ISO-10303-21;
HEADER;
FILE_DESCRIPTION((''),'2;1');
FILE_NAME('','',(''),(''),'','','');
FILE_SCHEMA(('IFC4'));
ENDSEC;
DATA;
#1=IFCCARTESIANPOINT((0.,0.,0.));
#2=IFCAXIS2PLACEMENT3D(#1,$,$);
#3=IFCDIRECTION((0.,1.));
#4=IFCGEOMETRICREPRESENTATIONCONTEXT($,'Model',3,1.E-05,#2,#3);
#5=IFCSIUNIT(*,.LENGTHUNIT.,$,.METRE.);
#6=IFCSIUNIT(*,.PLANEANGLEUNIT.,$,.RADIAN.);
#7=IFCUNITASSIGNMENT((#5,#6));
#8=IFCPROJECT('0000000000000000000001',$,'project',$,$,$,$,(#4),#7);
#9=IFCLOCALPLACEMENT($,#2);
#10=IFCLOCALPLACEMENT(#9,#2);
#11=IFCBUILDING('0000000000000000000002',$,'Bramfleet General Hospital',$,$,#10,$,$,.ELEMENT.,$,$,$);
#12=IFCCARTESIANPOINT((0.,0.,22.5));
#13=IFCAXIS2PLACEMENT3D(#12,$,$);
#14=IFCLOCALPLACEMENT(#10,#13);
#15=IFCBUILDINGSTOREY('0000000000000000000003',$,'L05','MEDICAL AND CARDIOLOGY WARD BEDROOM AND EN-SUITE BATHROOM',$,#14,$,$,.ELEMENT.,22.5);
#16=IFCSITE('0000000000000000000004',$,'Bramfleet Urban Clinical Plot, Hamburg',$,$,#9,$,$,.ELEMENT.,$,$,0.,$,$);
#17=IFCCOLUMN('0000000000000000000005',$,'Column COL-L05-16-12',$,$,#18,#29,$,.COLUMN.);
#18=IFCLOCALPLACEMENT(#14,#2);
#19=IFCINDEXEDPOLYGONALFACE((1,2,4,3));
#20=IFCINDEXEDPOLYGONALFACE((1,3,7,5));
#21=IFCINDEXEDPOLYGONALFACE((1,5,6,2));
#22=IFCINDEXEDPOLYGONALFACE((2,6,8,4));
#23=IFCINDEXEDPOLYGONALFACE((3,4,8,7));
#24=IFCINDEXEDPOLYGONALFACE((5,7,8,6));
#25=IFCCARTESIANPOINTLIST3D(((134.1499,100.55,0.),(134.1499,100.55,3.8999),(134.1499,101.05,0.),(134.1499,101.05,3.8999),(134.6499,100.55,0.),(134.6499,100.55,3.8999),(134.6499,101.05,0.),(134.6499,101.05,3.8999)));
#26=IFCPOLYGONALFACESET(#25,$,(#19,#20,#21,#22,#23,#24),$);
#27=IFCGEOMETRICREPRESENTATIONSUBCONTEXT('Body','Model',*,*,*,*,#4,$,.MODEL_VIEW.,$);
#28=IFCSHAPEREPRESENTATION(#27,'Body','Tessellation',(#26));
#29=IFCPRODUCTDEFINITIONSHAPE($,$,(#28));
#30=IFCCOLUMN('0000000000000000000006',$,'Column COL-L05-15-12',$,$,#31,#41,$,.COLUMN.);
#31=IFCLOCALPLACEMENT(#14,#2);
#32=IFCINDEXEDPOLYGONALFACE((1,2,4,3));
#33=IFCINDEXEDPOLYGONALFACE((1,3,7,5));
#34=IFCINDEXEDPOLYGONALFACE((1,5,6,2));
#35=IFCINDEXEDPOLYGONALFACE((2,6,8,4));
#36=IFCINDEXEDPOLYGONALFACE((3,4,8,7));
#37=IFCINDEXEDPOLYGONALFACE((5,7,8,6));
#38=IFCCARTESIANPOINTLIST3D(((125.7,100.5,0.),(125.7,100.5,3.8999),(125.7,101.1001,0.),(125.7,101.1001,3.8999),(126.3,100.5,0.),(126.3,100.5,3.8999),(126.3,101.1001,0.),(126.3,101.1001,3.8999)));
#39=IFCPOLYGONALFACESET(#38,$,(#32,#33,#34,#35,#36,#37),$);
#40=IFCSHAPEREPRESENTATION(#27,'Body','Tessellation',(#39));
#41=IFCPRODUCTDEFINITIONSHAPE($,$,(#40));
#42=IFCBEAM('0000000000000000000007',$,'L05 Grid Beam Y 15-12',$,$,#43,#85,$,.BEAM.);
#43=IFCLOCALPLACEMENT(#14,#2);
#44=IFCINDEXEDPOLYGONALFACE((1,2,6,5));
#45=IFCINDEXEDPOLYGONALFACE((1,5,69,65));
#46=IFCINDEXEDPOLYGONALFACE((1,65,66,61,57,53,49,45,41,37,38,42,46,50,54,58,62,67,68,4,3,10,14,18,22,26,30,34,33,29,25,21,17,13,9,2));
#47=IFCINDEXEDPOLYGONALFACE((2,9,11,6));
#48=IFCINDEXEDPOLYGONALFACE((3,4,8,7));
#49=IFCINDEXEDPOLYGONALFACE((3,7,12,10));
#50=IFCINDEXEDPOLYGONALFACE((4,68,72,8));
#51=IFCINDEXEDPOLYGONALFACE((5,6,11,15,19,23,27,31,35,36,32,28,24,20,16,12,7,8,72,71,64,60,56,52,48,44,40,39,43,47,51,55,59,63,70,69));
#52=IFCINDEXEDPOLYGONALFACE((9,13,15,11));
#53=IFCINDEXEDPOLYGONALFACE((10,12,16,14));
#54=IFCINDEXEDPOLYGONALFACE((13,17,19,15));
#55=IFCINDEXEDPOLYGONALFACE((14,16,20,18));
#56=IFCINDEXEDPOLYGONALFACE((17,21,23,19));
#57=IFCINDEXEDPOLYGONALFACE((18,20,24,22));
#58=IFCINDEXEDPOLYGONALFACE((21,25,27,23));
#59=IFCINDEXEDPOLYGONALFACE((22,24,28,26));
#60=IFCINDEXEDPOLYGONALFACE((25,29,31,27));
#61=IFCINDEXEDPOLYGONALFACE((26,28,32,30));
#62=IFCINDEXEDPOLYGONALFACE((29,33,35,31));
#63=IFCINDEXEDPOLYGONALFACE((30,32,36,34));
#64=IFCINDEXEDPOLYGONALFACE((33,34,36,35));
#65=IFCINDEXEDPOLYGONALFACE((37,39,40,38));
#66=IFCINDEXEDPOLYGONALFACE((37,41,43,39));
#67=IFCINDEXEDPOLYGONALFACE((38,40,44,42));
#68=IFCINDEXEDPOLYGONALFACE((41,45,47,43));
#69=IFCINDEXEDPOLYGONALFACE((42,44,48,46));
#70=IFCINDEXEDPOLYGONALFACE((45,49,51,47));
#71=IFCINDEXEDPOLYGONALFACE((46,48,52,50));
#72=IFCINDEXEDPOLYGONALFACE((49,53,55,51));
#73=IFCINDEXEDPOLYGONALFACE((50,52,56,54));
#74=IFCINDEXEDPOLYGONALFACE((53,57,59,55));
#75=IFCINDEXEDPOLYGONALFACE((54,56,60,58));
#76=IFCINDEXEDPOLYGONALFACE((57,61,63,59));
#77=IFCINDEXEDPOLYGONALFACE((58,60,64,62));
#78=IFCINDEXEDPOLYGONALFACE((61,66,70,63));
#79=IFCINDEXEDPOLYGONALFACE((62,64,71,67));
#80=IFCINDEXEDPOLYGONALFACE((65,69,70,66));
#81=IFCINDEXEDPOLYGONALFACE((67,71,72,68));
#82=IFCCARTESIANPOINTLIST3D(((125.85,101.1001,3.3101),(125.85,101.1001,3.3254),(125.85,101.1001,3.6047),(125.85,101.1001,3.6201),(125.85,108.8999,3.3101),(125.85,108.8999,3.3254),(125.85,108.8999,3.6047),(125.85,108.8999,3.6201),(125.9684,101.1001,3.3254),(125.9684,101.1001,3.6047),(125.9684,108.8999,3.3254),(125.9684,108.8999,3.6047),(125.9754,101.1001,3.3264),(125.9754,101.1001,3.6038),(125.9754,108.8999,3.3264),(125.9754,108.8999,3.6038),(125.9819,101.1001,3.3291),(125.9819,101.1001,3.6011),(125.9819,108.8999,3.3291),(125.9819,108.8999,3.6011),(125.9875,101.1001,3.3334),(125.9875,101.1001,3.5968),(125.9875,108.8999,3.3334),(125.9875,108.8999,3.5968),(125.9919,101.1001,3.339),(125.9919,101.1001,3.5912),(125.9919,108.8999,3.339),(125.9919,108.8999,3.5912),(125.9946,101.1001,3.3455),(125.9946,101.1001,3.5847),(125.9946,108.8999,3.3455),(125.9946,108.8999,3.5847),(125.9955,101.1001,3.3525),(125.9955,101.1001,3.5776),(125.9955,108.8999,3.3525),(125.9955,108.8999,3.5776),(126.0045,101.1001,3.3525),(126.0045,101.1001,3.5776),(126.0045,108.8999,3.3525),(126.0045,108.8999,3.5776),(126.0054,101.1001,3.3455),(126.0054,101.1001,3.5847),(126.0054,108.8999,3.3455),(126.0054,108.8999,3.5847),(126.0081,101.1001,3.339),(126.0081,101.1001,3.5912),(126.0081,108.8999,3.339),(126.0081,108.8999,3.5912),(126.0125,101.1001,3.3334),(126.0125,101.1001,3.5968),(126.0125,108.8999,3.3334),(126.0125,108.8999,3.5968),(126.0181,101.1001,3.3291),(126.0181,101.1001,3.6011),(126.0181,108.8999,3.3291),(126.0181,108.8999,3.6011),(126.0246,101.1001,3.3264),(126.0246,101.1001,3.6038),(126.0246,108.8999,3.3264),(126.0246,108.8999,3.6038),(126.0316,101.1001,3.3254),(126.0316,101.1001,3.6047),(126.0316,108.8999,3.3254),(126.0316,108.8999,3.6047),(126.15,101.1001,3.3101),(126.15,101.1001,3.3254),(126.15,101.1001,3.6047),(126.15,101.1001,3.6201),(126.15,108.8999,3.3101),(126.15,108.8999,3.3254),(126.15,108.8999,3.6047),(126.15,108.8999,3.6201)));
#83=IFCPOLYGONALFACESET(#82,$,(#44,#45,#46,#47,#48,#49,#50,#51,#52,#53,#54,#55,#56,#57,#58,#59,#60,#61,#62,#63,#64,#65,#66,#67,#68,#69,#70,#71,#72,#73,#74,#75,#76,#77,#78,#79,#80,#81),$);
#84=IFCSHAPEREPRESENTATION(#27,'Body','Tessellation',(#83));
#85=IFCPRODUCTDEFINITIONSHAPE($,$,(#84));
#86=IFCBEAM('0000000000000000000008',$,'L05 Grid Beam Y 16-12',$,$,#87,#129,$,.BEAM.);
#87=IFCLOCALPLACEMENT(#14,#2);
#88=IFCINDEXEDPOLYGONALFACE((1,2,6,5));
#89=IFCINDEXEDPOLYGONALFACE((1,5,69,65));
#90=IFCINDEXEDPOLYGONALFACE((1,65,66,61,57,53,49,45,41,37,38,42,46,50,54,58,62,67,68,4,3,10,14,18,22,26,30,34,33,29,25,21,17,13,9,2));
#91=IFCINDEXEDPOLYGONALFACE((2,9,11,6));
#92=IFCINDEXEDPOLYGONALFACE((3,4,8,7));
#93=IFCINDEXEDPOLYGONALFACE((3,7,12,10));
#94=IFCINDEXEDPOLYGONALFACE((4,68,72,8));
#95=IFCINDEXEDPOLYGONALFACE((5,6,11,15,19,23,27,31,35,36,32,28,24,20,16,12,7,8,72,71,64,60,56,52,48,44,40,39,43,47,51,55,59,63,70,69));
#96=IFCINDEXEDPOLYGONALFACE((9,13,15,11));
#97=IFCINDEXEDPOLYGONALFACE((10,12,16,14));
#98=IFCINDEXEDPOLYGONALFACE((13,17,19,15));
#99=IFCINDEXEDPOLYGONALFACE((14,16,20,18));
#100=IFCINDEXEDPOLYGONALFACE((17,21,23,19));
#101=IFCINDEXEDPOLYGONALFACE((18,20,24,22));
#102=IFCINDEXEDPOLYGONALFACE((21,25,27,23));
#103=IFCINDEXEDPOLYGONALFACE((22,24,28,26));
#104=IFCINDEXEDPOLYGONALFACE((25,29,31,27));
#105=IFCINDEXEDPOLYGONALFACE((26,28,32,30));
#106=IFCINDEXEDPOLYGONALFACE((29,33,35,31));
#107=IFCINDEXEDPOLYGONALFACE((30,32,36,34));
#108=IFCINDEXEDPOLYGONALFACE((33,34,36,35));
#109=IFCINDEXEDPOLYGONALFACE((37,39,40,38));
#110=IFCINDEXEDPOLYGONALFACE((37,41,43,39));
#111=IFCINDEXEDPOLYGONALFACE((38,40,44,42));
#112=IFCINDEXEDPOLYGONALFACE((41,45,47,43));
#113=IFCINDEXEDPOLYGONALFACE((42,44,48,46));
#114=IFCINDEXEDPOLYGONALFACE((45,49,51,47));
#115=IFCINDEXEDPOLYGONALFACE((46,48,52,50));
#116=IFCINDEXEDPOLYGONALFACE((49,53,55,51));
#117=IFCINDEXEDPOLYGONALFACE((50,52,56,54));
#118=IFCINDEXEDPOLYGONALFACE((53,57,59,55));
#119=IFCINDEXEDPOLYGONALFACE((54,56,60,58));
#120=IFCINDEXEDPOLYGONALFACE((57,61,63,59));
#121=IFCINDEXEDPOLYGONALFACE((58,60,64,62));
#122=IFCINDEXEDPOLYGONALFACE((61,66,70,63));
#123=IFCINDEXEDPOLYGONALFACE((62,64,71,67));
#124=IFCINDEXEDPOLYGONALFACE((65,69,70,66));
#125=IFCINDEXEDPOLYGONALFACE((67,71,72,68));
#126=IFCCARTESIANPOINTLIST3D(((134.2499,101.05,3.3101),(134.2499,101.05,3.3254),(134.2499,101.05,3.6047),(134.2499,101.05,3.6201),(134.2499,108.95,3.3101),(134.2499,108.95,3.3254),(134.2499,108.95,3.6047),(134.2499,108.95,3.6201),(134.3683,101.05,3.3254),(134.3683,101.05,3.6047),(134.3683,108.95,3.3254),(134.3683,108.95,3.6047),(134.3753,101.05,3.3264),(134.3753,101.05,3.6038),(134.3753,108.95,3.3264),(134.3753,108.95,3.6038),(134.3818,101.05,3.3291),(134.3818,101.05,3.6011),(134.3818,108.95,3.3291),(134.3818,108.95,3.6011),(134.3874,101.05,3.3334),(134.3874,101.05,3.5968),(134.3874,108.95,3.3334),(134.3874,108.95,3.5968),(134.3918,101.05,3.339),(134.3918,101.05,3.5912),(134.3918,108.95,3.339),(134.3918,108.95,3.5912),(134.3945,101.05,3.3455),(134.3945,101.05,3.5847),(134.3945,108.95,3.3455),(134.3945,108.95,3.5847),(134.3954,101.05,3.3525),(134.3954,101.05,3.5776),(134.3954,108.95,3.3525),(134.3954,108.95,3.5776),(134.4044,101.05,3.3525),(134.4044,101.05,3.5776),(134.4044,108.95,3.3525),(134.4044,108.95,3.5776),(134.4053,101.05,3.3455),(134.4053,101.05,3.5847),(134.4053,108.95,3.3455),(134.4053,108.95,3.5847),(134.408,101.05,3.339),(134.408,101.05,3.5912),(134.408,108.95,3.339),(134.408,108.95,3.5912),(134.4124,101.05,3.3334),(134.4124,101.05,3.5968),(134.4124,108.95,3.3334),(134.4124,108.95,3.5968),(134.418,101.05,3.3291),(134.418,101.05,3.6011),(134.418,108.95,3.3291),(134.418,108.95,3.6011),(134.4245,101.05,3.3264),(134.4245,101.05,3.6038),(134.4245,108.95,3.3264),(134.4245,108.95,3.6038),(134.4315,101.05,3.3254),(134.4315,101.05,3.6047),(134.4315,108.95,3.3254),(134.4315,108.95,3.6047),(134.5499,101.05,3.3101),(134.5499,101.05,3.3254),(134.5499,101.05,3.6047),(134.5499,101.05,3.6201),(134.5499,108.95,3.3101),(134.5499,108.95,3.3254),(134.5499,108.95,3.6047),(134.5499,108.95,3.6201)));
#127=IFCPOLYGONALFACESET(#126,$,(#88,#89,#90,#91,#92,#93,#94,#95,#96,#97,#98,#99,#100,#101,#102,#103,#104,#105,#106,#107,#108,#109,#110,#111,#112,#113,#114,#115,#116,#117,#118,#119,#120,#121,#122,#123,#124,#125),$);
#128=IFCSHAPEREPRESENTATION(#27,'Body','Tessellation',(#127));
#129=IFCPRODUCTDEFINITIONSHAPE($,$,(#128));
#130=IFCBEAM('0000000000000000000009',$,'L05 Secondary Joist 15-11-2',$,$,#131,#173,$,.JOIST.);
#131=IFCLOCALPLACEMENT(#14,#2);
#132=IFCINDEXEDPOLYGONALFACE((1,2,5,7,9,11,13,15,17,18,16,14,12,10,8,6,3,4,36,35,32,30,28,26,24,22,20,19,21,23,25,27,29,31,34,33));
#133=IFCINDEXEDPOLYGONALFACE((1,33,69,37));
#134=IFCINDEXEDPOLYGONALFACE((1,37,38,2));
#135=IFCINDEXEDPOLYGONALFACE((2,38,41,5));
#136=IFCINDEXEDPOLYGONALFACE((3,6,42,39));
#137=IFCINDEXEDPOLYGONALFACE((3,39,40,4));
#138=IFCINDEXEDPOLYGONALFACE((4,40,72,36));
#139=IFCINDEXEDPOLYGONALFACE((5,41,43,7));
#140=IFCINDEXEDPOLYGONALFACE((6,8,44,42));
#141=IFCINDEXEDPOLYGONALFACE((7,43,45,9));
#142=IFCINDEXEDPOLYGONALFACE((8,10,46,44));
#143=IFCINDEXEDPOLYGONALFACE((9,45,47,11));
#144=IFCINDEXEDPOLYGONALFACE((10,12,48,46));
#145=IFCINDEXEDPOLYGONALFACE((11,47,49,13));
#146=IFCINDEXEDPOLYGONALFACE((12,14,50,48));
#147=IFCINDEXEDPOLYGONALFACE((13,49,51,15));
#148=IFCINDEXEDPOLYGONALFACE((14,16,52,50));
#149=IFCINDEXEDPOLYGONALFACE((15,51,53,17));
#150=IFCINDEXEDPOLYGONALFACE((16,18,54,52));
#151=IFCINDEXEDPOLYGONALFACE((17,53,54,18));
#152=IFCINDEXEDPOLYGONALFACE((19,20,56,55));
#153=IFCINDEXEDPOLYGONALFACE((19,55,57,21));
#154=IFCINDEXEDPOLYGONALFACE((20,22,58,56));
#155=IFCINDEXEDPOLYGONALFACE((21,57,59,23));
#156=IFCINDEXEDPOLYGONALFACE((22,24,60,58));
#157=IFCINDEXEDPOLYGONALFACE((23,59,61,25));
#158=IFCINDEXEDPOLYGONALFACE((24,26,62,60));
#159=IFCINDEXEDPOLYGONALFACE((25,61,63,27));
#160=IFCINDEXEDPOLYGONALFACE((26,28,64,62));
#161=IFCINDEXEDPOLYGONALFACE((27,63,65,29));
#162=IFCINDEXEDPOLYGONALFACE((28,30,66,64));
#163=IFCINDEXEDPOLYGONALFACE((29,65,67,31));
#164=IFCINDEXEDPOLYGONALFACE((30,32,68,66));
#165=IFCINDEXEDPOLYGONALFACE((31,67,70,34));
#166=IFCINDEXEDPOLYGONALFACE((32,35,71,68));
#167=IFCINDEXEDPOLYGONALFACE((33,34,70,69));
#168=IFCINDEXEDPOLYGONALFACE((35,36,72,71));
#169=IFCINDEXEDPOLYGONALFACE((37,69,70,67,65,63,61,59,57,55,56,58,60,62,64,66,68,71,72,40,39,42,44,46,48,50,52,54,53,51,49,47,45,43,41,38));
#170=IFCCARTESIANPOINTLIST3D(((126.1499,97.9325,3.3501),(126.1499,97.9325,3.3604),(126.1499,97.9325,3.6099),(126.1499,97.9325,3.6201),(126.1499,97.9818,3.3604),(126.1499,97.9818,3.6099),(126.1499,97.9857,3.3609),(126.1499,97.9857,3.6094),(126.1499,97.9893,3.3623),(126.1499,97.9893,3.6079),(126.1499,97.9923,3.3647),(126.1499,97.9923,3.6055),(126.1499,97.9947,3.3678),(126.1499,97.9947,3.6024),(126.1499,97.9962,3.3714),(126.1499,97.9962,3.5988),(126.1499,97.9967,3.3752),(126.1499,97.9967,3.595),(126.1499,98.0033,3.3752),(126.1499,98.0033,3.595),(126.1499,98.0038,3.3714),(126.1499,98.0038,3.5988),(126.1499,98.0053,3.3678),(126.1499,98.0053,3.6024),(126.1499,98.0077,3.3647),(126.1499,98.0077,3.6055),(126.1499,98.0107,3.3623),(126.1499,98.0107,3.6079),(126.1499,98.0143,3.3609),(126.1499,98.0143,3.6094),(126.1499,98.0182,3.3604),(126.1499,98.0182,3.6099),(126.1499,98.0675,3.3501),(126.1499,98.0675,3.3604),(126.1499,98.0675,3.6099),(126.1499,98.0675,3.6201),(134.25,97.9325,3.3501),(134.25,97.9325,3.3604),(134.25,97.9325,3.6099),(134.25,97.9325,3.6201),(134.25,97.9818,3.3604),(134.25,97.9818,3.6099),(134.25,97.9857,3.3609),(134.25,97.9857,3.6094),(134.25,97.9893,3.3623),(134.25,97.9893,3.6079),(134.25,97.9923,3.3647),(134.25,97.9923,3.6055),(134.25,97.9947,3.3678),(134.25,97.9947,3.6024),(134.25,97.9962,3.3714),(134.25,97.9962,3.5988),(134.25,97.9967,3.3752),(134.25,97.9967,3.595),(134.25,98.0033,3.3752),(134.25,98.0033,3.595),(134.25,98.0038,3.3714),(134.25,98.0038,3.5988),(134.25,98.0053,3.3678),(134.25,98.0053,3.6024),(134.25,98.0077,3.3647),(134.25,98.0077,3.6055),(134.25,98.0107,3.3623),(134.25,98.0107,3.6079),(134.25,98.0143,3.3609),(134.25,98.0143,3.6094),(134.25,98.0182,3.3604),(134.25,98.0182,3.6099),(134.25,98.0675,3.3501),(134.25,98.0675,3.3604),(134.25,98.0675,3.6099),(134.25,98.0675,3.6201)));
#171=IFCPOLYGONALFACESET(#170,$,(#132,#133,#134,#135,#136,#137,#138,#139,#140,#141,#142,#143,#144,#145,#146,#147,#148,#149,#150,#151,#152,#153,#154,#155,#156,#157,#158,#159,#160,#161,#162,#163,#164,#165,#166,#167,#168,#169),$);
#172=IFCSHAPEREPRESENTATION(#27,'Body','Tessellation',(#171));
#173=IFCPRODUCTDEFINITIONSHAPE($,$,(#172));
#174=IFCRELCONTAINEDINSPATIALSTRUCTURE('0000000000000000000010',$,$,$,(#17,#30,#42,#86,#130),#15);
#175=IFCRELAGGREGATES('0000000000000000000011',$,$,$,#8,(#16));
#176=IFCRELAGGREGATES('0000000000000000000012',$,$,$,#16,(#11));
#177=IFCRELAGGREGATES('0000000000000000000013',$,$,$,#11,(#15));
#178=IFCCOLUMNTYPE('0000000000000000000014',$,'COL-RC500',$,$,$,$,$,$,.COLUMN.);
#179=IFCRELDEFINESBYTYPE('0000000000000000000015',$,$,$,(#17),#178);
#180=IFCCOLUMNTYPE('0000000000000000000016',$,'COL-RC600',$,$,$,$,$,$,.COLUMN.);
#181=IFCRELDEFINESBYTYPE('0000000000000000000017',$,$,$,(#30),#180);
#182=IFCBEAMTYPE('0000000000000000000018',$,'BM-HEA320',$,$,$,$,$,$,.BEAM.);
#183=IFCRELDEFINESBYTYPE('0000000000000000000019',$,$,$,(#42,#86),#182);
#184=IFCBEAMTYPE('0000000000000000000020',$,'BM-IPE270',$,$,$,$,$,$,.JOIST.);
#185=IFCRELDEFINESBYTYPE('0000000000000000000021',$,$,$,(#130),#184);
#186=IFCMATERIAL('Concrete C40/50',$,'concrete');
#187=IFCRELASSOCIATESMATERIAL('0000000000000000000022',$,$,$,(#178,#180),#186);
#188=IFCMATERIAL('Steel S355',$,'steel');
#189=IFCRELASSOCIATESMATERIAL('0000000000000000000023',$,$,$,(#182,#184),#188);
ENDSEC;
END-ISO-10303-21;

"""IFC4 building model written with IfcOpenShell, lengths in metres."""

from ifc_helpers import new_model, si_unit, direction, frame, origin, origin_2d, place, context, subcontext, project, spatial, rectangle, i_section, extrude, material, material_profile, profile_set, type_object, element, save


model = new_model("IFC4")

# Units and contexts
model_context = context("Model", 3, precision=1e-05, world=origin(), true_north=direction((0.0, 1.0)))
body_context = subcontext(model_context, "Body", "Model", "MODEL_VIEW")
ifc_project = project(units=[si_unit("LENGTHUNIT", "METRE"), si_unit("PLANEANGLEUNIT", "RADIAN")], contexts=[model_context])

# Site, building, storey
site_placement = place(None, origin())
site = spatial("IfcSite", under=ifc_project, at=site_placement, Name="Bramfleet Urban Clinical Plot, Hamburg", CompositionType="ELEMENT", RefElevation=0.0)
building_placement = place(site_placement, origin())
building = spatial("IfcBuilding", under=site, at=building_placement, Name="Bramfleet General Hospital", CompositionType="ELEMENT")
storey_placement = place(building_placement, frame((0.0, 0.0, 22.5)))
storey = spatial("IfcBuildingStorey", under=building, at=storey_placement, Name="L05", Description="MEDICAL AND CARDIOLOGY WARD BEDROOM AND EN-SUITE BATHROOM", CompositionType="ELEMENT", Elevation=22.5)

# Columns
ifc_material_1 = material(Name="Concrete C40/50", Category="concrete")
ifc_material_profile_1 = material_profile(ifc_material_1, rectangle(XDim=0.5, YDim=0.5, at=origin_2d()), Name="RC COL 500x500")
ifc_profile_set_1 = profile_set([ifc_material_profile_1], Name="Concrete C40/50")
column_type_1 = type_object("IfcColumnType", Name="COL-RC500", PredefinedType="COLUMN", material=ifc_profile_set_1)
column_1_placement = place(storey_placement, frame((134.3999, 100.8, 0.0), z_axis=(0.0, 0.0, 1.0), x_axis=(1.0, 0.0, 0.0)))
element("IfcColumn", 1, at=column_1_placement, inside=storey, type_object=column_type_1, Name="Column COL-L05-16-12", PredefinedType="COLUMN", context=body_context, shape_type="SweptSolid", body=[
    extrude(rectangle(XDim=0.5, YDim=0.5, at=origin_2d()), origin(), (0.0, 0.0, 1.0), 3.8999),
])
ifc_material_profile_2 = material_profile(ifc_material_1, rectangle(XDim=0.6001, YDim=0.6001, at=origin_2d()), Name="RC COL 600x600")
ifc_profile_set_2 = profile_set([ifc_material_profile_2], Name="Concrete C40/50")
column_type_2 = type_object("IfcColumnType", Name="COL-RC600", PredefinedType="COLUMN", material=ifc_profile_set_2)
column_2_placement = place(storey_placement, frame((126.0, 100.8, 0.0), z_axis=(0.0, 0.0, 1.0), x_axis=(1.0, 0.0, 0.0)))
element("IfcColumn", 2, at=column_2_placement, inside=storey, type_object=column_type_2, Name="Column COL-L05-15-12", PredefinedType="COLUMN", context=body_context, shape_type="SweptSolid", body=[
    extrude(rectangle(XDim=0.6001, YDim=0.6001, at=origin_2d()), origin(), (0.0, 0.0, 1.0), 3.8999),
])

# Beams
ifc_material_2 = material(Name="Steel S355", Category="steel")
ifc_material_profile_3 = material_profile(ifc_material_2, i_section(OverallWidth=0.3, OverallDepth=0.3101, WebThickness=0.009, FlangeThickness=0.0154, FilletRadius=0.0271, at=origin_2d()), Name="HEA 320")
ifc_profile_set_3 = profile_set([ifc_material_profile_3], Name="Steel S355")
beam_type_1 = type_object("IfcBeamType", Name="BM-HEA320", PredefinedType="BEAM", material=ifc_profile_set_3)
beam_1_placement = place(storey_placement, frame((126.0, 101.1001, 3.4651), z_axis=(0.0, 1.0, 0.0), x_axis=(-1.0, 0.0, 0.0)))
element("IfcBeam", 3, at=beam_1_placement, inside=storey, type_object=beam_type_1, Name="L05 Grid Beam Y 15-12", PredefinedType="BEAM", context=body_context, shape_type="SweptSolid", body=[
    extrude(i_section(OverallWidth=0.3, OverallDepth=0.3101, WebThickness=0.009, FlangeThickness=0.0154, FilletRadius=0.0271, at=origin_2d()), origin(), (0.0, 0.0, 1.0), 7.7998),
])
beam_2_placement = place(storey_placement, frame((134.3999, 101.05, 3.4651), z_axis=(0.0, 1.0, 0.0), x_axis=(-1.0, 0.0, 0.0)))
element("IfcBeam", 4, at=beam_2_placement, inside=storey, type_object=beam_type_1, Name="L05 Grid Beam Y 16-12", PredefinedType="BEAM", context=body_context, shape_type="SweptSolid", body=[
    extrude(i_section(OverallWidth=0.3, OverallDepth=0.3101, WebThickness=0.009, FlangeThickness=0.0154, FilletRadius=0.0271, at=origin_2d()), origin(), (0.0, 0.0, 1.0), 7.8999),
])
ifc_material_profile_4 = material_profile(ifc_material_2, i_section(OverallWidth=0.135, OverallDepth=0.27, WebThickness=0.0066, FlangeThickness=0.0103, FilletRadius=0.0149, at=origin_2d()), Name="IPE 270")
ifc_profile_set_4 = profile_set([ifc_material_profile_4], Name="Steel S355")
beam_type_2 = type_object("IfcBeamType", Name="BM-IPE270", PredefinedType="JOIST", material=ifc_profile_set_4)
for number, where, z_axis, x_axis, name in (
    (5, (126.1499, 98.0, 3.4851), (1.0, 0.0, 0.0), (0.0, 1.0, 0.0), "L05 Secondary Joist 15-11-2"),
):
    element("IfcBeam", number, at=place(storey_placement, frame(where, z_axis=z_axis, x_axis=x_axis)), inside=storey, type_object=beam_type_2, Name=name, PredefinedType="JOIST", context=body_context, shape_type="SweptSolid", body=[
        extrude(i_section(OverallWidth=0.135, OverallDepth=0.27, WebThickness=0.0066, FlangeThickness=0.0103, FilletRadius=0.0149, at=origin_2d()), origin(), (0.0, 0.0, 1.0), 8.1001),
    ])

save(model, "model.ifc")
